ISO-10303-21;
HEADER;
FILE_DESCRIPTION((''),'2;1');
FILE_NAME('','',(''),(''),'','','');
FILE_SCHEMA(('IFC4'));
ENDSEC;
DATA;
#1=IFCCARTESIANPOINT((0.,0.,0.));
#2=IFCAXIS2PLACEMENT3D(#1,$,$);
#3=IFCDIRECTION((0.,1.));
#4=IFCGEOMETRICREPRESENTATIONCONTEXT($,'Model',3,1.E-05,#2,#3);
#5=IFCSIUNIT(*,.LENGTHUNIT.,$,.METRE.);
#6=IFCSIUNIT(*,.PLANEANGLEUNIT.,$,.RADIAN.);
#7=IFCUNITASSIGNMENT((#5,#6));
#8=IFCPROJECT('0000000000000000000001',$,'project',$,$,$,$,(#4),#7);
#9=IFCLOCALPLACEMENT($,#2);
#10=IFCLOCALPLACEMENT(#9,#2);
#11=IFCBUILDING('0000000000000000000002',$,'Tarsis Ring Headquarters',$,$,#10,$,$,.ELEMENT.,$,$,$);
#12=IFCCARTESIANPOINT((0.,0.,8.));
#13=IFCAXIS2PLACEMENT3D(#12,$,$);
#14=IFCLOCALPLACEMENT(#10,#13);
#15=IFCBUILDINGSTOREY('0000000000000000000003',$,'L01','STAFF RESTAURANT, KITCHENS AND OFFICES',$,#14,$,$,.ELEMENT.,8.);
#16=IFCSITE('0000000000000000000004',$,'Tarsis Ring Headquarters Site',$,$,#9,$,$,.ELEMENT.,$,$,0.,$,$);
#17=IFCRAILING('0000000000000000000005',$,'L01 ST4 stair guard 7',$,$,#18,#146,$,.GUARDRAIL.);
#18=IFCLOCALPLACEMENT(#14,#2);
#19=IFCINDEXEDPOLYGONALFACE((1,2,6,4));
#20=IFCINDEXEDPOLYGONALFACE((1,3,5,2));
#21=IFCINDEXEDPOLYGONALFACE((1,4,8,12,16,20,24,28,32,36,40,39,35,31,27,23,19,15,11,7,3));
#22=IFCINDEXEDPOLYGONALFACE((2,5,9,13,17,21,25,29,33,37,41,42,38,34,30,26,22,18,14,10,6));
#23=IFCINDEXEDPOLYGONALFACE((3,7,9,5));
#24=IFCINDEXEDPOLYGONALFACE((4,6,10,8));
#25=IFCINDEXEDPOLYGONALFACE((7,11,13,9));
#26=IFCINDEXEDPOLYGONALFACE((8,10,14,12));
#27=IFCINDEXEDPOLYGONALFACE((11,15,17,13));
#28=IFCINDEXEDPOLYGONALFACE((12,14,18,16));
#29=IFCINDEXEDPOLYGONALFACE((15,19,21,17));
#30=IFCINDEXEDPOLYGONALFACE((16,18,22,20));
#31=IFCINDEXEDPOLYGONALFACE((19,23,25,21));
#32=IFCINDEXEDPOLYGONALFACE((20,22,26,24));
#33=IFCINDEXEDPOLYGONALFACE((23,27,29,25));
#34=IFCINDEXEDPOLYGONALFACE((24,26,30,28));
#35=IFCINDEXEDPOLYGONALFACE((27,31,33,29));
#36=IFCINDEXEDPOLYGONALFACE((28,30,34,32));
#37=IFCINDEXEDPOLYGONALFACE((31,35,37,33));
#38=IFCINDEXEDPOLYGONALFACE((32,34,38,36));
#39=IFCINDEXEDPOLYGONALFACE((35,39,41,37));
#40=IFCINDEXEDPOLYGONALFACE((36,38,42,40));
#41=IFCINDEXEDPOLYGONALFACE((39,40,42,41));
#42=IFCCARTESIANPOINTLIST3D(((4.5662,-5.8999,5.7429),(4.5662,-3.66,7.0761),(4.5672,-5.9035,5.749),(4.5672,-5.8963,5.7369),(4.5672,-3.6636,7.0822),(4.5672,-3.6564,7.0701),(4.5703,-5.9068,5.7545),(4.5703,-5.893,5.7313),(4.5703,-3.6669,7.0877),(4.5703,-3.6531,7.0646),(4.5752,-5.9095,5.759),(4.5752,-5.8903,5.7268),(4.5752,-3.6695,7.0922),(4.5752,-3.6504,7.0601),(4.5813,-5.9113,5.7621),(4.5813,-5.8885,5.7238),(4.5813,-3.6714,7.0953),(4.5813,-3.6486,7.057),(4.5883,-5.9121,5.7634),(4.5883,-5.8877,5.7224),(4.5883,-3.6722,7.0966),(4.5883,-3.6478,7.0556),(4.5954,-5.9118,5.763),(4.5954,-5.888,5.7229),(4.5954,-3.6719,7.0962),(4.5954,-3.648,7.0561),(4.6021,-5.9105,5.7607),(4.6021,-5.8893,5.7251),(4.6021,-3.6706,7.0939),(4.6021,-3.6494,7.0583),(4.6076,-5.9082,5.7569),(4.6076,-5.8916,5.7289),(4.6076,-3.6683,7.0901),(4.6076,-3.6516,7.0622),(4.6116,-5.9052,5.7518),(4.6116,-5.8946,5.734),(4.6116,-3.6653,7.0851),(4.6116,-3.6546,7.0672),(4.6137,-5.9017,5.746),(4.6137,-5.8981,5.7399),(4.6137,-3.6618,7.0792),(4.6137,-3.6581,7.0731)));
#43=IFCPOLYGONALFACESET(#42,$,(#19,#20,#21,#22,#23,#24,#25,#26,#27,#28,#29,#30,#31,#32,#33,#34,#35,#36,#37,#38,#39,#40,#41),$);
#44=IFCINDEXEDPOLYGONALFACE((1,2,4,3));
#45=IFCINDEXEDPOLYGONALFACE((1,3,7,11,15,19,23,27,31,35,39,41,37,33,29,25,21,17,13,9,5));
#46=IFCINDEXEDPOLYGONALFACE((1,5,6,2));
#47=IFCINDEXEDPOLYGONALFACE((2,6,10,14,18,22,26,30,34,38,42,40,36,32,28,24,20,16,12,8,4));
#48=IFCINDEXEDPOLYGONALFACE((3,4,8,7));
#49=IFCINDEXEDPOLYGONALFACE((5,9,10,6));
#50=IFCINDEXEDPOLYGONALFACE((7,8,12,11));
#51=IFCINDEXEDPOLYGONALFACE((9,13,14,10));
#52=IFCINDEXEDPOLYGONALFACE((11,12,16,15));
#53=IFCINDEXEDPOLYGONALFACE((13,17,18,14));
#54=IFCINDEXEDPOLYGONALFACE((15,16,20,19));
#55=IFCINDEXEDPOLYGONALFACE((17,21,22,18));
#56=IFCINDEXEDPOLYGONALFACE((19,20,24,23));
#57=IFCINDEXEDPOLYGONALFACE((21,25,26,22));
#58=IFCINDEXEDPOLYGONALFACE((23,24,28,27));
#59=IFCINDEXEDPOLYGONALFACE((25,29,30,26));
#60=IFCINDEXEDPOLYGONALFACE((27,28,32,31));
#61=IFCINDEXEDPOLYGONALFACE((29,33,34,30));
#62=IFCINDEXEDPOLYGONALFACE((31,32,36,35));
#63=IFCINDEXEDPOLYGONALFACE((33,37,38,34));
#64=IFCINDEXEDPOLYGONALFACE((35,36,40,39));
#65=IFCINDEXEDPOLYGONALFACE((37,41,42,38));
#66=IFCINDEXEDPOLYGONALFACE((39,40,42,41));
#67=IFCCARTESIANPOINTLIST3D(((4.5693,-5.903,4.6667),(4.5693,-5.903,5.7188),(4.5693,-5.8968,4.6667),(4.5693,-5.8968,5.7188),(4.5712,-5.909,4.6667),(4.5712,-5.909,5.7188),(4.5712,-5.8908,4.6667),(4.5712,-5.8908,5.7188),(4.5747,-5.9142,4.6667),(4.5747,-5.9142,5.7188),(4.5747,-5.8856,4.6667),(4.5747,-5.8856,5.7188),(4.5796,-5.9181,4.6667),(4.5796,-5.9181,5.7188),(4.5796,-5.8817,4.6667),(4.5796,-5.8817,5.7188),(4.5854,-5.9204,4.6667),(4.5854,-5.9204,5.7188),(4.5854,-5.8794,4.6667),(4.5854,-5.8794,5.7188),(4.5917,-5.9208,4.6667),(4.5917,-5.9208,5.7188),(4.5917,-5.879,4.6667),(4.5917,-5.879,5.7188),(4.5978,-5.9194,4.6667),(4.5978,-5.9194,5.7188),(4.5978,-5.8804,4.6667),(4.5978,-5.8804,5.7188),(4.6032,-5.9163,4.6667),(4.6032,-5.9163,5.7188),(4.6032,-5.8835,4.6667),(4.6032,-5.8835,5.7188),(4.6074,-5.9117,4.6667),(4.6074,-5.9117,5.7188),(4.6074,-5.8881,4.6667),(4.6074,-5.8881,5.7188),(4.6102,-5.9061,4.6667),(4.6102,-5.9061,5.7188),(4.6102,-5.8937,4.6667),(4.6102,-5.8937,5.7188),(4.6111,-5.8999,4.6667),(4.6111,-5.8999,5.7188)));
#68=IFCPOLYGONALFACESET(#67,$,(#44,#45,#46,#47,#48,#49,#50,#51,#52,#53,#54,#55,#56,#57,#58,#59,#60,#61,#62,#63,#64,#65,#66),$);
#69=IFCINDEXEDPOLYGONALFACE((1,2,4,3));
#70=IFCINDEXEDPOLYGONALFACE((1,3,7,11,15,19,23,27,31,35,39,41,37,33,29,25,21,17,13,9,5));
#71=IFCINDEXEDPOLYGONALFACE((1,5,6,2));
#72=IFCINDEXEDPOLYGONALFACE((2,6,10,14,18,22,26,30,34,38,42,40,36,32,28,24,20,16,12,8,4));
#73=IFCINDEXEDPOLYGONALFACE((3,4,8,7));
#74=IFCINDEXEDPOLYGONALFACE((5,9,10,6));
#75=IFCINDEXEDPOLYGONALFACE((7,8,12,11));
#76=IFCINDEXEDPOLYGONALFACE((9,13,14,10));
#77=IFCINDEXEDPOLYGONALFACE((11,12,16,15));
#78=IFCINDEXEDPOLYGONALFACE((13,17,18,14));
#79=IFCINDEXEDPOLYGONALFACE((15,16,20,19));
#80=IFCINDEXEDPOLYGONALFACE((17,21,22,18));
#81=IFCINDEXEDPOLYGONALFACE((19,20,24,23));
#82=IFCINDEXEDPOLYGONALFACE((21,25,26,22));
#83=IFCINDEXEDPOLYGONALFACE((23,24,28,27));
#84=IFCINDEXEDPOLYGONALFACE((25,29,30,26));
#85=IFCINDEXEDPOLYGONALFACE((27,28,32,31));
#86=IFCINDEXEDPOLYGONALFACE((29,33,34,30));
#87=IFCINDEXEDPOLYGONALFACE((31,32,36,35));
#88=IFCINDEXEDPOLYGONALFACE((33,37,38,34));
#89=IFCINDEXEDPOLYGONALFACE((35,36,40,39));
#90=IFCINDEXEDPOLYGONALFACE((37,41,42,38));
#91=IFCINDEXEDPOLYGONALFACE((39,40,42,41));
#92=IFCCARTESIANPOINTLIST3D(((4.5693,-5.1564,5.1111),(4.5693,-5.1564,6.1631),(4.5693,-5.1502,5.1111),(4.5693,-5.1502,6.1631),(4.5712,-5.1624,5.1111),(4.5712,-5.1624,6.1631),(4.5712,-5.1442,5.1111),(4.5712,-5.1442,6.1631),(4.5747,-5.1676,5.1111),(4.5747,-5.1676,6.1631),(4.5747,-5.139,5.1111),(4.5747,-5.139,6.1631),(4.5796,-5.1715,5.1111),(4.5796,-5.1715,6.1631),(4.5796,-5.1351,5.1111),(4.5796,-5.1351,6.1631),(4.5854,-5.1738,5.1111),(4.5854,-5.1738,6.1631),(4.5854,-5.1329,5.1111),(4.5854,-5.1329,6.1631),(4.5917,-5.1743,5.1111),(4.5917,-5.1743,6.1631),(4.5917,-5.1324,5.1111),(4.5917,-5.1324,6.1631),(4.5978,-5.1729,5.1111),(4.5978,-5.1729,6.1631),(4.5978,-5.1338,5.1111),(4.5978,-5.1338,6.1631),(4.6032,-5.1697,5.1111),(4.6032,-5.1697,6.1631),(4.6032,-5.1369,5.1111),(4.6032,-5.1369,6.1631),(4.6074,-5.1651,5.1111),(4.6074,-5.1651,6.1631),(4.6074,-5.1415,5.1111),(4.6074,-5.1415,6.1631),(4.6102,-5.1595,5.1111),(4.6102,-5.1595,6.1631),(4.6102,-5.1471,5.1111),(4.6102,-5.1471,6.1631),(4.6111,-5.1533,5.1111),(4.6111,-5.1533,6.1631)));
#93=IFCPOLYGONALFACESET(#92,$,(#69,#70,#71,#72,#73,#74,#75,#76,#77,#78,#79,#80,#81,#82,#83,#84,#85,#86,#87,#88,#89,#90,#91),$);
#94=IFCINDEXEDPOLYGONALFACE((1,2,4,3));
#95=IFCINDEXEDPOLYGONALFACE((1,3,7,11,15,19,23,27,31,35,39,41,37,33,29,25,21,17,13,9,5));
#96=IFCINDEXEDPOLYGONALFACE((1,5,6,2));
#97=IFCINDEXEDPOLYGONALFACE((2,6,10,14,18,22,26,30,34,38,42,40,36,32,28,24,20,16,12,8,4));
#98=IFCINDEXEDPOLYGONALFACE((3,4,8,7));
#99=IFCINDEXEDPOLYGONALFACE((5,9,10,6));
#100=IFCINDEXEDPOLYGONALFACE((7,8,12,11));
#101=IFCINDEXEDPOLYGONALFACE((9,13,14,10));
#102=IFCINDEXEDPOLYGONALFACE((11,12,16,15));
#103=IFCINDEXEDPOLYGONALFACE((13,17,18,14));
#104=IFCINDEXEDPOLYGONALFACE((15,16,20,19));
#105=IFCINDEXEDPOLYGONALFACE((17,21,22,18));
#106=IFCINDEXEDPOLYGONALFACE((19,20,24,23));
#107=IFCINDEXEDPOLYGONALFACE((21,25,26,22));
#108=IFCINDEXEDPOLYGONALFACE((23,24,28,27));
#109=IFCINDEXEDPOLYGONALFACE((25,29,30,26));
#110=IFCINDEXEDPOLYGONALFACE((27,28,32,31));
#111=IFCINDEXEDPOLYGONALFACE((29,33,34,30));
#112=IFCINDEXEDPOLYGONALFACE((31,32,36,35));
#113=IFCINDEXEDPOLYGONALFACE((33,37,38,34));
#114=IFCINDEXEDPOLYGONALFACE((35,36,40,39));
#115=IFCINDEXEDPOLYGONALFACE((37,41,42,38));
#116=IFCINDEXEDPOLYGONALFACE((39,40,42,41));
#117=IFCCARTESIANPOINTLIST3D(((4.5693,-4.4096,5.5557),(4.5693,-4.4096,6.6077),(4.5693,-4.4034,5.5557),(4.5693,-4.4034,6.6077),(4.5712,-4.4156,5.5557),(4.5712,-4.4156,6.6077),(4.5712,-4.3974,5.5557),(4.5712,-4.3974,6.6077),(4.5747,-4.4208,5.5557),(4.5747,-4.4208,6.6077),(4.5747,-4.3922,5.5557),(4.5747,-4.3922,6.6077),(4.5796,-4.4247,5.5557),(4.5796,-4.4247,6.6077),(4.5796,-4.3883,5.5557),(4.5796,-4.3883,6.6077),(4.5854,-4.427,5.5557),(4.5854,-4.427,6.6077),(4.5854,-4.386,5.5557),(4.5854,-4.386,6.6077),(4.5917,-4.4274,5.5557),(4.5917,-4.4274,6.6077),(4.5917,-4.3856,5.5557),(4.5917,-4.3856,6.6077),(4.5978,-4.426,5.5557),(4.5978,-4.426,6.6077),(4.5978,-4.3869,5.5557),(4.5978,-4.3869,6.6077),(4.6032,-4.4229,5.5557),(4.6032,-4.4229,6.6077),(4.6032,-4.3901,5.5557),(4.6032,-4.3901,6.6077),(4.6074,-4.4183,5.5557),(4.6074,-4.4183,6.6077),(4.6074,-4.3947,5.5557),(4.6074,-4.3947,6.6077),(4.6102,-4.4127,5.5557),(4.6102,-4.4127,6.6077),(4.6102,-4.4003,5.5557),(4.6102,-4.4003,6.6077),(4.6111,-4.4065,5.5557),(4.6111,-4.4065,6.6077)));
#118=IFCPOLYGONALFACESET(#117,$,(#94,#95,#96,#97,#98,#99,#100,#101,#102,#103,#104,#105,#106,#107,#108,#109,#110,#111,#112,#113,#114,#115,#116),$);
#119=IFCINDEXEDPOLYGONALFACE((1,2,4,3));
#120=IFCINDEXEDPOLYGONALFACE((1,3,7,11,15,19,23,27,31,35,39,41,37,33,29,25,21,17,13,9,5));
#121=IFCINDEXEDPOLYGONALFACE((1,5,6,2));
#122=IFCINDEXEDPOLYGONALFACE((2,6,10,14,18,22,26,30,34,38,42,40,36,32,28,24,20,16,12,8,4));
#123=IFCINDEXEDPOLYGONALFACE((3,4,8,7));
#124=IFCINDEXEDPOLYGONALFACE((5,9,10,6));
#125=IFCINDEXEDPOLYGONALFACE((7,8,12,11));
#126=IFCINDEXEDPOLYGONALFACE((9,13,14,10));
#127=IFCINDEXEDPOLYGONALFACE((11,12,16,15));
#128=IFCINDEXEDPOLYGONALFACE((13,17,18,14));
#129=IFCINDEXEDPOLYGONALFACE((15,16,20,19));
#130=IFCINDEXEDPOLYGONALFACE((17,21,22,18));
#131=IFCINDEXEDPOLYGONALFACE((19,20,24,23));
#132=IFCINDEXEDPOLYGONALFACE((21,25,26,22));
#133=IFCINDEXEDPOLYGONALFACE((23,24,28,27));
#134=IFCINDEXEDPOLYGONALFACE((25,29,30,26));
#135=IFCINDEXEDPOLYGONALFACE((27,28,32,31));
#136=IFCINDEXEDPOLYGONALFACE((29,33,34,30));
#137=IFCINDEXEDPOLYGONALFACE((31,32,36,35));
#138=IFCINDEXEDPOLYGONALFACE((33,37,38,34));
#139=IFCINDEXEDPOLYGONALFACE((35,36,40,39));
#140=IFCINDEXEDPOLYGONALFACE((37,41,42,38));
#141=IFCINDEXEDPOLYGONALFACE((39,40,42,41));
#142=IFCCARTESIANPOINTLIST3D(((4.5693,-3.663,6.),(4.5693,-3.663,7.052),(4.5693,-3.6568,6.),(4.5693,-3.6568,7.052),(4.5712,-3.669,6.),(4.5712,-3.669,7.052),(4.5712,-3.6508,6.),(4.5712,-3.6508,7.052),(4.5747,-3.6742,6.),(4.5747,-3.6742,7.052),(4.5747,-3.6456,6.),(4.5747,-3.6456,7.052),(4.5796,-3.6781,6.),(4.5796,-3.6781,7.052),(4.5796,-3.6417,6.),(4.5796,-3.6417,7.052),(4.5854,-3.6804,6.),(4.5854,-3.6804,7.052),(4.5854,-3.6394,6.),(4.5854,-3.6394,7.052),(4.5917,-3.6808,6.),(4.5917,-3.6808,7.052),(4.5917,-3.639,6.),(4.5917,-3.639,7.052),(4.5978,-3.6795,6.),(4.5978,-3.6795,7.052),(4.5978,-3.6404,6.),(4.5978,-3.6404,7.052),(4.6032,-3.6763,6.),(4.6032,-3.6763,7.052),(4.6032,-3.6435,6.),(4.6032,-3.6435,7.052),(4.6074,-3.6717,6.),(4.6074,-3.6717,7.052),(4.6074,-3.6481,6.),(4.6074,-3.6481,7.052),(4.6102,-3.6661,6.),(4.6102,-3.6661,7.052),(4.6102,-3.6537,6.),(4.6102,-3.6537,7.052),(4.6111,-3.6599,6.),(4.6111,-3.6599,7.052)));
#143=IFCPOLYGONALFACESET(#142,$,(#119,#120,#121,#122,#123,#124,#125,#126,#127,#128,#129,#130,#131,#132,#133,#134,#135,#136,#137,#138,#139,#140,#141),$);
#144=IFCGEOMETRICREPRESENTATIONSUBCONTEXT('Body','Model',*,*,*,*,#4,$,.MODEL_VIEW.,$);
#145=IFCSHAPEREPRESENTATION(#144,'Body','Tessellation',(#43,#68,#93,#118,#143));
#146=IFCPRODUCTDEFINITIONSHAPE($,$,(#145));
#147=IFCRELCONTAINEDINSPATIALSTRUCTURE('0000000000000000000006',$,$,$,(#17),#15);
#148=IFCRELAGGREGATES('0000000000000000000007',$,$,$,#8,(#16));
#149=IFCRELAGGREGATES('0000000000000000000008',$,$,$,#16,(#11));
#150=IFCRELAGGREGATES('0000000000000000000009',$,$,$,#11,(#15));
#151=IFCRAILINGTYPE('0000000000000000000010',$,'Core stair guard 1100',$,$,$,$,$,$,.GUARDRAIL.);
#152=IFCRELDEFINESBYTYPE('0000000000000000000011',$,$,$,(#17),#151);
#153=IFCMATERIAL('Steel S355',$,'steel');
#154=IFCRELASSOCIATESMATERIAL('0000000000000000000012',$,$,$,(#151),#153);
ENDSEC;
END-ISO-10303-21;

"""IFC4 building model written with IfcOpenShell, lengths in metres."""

from ifc_helpers import new_model, si_unit, direction, frame, origin, origin_2d, place, context, subcontext, project, spatial, circle, extrude, material, type_object, element, save


model = new_model("IFC4")

# Units and contexts
model_context = context("Model", 3, precision=1e-05, world=origin(), true_north=direction((0.0, 1.0)))
body_context = subcontext(model_context, "Body", "Model", "MODEL_VIEW")
ifc_project = project(units=[si_unit("LENGTHUNIT", "METRE"), si_unit("PLANEANGLEUNIT", "RADIAN")], contexts=[model_context])

# Site, building, storey
site_placement = place(None, origin())
site = spatial("IfcSite", under=ifc_project, at=site_placement, Name="Tarsis Ring Headquarters Site", CompositionType="ELEMENT", RefElevation=0.0)
building_placement = place(site_placement, origin())
building = spatial("IfcBuilding", under=site, at=building_placement, Name="Tarsis Ring Headquarters", CompositionType="ELEMENT")
storey_placement = place(building_placement, frame((0.0, 0.0, 8.0)))
storey = spatial("IfcBuildingStorey", under=building, at=storey_placement, Name="L01", Description="STAFF RESTAURANT, KITCHENS AND OFFICES", CompositionType="ELEMENT", Elevation=8.0)

# Railing
ifc_material_1 = material(Name="Steel S355", Category="steel")
railing_type_1 = type_object("IfcRailingType", Name="Core stair guard 1100", PredefinedType="GUARDRAIL", material=ifc_material_1)
railing_1_placement = place(storey_placement, frame((4.5901, -5.8999, 4.6667)))
element("IfcRailing", 1, at=railing_1_placement, inside=storey, type_object=railing_type_1, Name="L01 ST4 stair guard 7", PredefinedType="GUARDRAIL", context=body_context, shape_type="SweptSolid", body=[
    extrude(circle(Radius=0.0239, at=origin_2d()), frame((0.0, 0.0, 1.0762), z_axis=(0.0, 0.859306, 0.511462), x_axis=(-1.0, 0.0, 0.0)), (0.0, 0.0, 1.0), 2.6067),
    extrude(circle(Radius=0.021, at=origin_2d()), origin(), (0.0, 0.0, 1.0), 1.052),
    extrude(circle(Radius=0.021, at=origin_2d()), frame((0.0, 0.7466, 0.4443)), (0.0, 0.0, 1.0), 1.052),
    extrude(circle(Radius=0.021, at=origin_2d()), frame((0.0, 1.4934, 0.8889)), (0.0, 0.0, 1.0), 1.052),
    extrude(circle(Radius=0.021, at=origin_2d()), frame((0.0, 2.24, 1.3333)), (0.0, 0.0, 1.0), 1.052),
])

save(model, "model.ifc")
